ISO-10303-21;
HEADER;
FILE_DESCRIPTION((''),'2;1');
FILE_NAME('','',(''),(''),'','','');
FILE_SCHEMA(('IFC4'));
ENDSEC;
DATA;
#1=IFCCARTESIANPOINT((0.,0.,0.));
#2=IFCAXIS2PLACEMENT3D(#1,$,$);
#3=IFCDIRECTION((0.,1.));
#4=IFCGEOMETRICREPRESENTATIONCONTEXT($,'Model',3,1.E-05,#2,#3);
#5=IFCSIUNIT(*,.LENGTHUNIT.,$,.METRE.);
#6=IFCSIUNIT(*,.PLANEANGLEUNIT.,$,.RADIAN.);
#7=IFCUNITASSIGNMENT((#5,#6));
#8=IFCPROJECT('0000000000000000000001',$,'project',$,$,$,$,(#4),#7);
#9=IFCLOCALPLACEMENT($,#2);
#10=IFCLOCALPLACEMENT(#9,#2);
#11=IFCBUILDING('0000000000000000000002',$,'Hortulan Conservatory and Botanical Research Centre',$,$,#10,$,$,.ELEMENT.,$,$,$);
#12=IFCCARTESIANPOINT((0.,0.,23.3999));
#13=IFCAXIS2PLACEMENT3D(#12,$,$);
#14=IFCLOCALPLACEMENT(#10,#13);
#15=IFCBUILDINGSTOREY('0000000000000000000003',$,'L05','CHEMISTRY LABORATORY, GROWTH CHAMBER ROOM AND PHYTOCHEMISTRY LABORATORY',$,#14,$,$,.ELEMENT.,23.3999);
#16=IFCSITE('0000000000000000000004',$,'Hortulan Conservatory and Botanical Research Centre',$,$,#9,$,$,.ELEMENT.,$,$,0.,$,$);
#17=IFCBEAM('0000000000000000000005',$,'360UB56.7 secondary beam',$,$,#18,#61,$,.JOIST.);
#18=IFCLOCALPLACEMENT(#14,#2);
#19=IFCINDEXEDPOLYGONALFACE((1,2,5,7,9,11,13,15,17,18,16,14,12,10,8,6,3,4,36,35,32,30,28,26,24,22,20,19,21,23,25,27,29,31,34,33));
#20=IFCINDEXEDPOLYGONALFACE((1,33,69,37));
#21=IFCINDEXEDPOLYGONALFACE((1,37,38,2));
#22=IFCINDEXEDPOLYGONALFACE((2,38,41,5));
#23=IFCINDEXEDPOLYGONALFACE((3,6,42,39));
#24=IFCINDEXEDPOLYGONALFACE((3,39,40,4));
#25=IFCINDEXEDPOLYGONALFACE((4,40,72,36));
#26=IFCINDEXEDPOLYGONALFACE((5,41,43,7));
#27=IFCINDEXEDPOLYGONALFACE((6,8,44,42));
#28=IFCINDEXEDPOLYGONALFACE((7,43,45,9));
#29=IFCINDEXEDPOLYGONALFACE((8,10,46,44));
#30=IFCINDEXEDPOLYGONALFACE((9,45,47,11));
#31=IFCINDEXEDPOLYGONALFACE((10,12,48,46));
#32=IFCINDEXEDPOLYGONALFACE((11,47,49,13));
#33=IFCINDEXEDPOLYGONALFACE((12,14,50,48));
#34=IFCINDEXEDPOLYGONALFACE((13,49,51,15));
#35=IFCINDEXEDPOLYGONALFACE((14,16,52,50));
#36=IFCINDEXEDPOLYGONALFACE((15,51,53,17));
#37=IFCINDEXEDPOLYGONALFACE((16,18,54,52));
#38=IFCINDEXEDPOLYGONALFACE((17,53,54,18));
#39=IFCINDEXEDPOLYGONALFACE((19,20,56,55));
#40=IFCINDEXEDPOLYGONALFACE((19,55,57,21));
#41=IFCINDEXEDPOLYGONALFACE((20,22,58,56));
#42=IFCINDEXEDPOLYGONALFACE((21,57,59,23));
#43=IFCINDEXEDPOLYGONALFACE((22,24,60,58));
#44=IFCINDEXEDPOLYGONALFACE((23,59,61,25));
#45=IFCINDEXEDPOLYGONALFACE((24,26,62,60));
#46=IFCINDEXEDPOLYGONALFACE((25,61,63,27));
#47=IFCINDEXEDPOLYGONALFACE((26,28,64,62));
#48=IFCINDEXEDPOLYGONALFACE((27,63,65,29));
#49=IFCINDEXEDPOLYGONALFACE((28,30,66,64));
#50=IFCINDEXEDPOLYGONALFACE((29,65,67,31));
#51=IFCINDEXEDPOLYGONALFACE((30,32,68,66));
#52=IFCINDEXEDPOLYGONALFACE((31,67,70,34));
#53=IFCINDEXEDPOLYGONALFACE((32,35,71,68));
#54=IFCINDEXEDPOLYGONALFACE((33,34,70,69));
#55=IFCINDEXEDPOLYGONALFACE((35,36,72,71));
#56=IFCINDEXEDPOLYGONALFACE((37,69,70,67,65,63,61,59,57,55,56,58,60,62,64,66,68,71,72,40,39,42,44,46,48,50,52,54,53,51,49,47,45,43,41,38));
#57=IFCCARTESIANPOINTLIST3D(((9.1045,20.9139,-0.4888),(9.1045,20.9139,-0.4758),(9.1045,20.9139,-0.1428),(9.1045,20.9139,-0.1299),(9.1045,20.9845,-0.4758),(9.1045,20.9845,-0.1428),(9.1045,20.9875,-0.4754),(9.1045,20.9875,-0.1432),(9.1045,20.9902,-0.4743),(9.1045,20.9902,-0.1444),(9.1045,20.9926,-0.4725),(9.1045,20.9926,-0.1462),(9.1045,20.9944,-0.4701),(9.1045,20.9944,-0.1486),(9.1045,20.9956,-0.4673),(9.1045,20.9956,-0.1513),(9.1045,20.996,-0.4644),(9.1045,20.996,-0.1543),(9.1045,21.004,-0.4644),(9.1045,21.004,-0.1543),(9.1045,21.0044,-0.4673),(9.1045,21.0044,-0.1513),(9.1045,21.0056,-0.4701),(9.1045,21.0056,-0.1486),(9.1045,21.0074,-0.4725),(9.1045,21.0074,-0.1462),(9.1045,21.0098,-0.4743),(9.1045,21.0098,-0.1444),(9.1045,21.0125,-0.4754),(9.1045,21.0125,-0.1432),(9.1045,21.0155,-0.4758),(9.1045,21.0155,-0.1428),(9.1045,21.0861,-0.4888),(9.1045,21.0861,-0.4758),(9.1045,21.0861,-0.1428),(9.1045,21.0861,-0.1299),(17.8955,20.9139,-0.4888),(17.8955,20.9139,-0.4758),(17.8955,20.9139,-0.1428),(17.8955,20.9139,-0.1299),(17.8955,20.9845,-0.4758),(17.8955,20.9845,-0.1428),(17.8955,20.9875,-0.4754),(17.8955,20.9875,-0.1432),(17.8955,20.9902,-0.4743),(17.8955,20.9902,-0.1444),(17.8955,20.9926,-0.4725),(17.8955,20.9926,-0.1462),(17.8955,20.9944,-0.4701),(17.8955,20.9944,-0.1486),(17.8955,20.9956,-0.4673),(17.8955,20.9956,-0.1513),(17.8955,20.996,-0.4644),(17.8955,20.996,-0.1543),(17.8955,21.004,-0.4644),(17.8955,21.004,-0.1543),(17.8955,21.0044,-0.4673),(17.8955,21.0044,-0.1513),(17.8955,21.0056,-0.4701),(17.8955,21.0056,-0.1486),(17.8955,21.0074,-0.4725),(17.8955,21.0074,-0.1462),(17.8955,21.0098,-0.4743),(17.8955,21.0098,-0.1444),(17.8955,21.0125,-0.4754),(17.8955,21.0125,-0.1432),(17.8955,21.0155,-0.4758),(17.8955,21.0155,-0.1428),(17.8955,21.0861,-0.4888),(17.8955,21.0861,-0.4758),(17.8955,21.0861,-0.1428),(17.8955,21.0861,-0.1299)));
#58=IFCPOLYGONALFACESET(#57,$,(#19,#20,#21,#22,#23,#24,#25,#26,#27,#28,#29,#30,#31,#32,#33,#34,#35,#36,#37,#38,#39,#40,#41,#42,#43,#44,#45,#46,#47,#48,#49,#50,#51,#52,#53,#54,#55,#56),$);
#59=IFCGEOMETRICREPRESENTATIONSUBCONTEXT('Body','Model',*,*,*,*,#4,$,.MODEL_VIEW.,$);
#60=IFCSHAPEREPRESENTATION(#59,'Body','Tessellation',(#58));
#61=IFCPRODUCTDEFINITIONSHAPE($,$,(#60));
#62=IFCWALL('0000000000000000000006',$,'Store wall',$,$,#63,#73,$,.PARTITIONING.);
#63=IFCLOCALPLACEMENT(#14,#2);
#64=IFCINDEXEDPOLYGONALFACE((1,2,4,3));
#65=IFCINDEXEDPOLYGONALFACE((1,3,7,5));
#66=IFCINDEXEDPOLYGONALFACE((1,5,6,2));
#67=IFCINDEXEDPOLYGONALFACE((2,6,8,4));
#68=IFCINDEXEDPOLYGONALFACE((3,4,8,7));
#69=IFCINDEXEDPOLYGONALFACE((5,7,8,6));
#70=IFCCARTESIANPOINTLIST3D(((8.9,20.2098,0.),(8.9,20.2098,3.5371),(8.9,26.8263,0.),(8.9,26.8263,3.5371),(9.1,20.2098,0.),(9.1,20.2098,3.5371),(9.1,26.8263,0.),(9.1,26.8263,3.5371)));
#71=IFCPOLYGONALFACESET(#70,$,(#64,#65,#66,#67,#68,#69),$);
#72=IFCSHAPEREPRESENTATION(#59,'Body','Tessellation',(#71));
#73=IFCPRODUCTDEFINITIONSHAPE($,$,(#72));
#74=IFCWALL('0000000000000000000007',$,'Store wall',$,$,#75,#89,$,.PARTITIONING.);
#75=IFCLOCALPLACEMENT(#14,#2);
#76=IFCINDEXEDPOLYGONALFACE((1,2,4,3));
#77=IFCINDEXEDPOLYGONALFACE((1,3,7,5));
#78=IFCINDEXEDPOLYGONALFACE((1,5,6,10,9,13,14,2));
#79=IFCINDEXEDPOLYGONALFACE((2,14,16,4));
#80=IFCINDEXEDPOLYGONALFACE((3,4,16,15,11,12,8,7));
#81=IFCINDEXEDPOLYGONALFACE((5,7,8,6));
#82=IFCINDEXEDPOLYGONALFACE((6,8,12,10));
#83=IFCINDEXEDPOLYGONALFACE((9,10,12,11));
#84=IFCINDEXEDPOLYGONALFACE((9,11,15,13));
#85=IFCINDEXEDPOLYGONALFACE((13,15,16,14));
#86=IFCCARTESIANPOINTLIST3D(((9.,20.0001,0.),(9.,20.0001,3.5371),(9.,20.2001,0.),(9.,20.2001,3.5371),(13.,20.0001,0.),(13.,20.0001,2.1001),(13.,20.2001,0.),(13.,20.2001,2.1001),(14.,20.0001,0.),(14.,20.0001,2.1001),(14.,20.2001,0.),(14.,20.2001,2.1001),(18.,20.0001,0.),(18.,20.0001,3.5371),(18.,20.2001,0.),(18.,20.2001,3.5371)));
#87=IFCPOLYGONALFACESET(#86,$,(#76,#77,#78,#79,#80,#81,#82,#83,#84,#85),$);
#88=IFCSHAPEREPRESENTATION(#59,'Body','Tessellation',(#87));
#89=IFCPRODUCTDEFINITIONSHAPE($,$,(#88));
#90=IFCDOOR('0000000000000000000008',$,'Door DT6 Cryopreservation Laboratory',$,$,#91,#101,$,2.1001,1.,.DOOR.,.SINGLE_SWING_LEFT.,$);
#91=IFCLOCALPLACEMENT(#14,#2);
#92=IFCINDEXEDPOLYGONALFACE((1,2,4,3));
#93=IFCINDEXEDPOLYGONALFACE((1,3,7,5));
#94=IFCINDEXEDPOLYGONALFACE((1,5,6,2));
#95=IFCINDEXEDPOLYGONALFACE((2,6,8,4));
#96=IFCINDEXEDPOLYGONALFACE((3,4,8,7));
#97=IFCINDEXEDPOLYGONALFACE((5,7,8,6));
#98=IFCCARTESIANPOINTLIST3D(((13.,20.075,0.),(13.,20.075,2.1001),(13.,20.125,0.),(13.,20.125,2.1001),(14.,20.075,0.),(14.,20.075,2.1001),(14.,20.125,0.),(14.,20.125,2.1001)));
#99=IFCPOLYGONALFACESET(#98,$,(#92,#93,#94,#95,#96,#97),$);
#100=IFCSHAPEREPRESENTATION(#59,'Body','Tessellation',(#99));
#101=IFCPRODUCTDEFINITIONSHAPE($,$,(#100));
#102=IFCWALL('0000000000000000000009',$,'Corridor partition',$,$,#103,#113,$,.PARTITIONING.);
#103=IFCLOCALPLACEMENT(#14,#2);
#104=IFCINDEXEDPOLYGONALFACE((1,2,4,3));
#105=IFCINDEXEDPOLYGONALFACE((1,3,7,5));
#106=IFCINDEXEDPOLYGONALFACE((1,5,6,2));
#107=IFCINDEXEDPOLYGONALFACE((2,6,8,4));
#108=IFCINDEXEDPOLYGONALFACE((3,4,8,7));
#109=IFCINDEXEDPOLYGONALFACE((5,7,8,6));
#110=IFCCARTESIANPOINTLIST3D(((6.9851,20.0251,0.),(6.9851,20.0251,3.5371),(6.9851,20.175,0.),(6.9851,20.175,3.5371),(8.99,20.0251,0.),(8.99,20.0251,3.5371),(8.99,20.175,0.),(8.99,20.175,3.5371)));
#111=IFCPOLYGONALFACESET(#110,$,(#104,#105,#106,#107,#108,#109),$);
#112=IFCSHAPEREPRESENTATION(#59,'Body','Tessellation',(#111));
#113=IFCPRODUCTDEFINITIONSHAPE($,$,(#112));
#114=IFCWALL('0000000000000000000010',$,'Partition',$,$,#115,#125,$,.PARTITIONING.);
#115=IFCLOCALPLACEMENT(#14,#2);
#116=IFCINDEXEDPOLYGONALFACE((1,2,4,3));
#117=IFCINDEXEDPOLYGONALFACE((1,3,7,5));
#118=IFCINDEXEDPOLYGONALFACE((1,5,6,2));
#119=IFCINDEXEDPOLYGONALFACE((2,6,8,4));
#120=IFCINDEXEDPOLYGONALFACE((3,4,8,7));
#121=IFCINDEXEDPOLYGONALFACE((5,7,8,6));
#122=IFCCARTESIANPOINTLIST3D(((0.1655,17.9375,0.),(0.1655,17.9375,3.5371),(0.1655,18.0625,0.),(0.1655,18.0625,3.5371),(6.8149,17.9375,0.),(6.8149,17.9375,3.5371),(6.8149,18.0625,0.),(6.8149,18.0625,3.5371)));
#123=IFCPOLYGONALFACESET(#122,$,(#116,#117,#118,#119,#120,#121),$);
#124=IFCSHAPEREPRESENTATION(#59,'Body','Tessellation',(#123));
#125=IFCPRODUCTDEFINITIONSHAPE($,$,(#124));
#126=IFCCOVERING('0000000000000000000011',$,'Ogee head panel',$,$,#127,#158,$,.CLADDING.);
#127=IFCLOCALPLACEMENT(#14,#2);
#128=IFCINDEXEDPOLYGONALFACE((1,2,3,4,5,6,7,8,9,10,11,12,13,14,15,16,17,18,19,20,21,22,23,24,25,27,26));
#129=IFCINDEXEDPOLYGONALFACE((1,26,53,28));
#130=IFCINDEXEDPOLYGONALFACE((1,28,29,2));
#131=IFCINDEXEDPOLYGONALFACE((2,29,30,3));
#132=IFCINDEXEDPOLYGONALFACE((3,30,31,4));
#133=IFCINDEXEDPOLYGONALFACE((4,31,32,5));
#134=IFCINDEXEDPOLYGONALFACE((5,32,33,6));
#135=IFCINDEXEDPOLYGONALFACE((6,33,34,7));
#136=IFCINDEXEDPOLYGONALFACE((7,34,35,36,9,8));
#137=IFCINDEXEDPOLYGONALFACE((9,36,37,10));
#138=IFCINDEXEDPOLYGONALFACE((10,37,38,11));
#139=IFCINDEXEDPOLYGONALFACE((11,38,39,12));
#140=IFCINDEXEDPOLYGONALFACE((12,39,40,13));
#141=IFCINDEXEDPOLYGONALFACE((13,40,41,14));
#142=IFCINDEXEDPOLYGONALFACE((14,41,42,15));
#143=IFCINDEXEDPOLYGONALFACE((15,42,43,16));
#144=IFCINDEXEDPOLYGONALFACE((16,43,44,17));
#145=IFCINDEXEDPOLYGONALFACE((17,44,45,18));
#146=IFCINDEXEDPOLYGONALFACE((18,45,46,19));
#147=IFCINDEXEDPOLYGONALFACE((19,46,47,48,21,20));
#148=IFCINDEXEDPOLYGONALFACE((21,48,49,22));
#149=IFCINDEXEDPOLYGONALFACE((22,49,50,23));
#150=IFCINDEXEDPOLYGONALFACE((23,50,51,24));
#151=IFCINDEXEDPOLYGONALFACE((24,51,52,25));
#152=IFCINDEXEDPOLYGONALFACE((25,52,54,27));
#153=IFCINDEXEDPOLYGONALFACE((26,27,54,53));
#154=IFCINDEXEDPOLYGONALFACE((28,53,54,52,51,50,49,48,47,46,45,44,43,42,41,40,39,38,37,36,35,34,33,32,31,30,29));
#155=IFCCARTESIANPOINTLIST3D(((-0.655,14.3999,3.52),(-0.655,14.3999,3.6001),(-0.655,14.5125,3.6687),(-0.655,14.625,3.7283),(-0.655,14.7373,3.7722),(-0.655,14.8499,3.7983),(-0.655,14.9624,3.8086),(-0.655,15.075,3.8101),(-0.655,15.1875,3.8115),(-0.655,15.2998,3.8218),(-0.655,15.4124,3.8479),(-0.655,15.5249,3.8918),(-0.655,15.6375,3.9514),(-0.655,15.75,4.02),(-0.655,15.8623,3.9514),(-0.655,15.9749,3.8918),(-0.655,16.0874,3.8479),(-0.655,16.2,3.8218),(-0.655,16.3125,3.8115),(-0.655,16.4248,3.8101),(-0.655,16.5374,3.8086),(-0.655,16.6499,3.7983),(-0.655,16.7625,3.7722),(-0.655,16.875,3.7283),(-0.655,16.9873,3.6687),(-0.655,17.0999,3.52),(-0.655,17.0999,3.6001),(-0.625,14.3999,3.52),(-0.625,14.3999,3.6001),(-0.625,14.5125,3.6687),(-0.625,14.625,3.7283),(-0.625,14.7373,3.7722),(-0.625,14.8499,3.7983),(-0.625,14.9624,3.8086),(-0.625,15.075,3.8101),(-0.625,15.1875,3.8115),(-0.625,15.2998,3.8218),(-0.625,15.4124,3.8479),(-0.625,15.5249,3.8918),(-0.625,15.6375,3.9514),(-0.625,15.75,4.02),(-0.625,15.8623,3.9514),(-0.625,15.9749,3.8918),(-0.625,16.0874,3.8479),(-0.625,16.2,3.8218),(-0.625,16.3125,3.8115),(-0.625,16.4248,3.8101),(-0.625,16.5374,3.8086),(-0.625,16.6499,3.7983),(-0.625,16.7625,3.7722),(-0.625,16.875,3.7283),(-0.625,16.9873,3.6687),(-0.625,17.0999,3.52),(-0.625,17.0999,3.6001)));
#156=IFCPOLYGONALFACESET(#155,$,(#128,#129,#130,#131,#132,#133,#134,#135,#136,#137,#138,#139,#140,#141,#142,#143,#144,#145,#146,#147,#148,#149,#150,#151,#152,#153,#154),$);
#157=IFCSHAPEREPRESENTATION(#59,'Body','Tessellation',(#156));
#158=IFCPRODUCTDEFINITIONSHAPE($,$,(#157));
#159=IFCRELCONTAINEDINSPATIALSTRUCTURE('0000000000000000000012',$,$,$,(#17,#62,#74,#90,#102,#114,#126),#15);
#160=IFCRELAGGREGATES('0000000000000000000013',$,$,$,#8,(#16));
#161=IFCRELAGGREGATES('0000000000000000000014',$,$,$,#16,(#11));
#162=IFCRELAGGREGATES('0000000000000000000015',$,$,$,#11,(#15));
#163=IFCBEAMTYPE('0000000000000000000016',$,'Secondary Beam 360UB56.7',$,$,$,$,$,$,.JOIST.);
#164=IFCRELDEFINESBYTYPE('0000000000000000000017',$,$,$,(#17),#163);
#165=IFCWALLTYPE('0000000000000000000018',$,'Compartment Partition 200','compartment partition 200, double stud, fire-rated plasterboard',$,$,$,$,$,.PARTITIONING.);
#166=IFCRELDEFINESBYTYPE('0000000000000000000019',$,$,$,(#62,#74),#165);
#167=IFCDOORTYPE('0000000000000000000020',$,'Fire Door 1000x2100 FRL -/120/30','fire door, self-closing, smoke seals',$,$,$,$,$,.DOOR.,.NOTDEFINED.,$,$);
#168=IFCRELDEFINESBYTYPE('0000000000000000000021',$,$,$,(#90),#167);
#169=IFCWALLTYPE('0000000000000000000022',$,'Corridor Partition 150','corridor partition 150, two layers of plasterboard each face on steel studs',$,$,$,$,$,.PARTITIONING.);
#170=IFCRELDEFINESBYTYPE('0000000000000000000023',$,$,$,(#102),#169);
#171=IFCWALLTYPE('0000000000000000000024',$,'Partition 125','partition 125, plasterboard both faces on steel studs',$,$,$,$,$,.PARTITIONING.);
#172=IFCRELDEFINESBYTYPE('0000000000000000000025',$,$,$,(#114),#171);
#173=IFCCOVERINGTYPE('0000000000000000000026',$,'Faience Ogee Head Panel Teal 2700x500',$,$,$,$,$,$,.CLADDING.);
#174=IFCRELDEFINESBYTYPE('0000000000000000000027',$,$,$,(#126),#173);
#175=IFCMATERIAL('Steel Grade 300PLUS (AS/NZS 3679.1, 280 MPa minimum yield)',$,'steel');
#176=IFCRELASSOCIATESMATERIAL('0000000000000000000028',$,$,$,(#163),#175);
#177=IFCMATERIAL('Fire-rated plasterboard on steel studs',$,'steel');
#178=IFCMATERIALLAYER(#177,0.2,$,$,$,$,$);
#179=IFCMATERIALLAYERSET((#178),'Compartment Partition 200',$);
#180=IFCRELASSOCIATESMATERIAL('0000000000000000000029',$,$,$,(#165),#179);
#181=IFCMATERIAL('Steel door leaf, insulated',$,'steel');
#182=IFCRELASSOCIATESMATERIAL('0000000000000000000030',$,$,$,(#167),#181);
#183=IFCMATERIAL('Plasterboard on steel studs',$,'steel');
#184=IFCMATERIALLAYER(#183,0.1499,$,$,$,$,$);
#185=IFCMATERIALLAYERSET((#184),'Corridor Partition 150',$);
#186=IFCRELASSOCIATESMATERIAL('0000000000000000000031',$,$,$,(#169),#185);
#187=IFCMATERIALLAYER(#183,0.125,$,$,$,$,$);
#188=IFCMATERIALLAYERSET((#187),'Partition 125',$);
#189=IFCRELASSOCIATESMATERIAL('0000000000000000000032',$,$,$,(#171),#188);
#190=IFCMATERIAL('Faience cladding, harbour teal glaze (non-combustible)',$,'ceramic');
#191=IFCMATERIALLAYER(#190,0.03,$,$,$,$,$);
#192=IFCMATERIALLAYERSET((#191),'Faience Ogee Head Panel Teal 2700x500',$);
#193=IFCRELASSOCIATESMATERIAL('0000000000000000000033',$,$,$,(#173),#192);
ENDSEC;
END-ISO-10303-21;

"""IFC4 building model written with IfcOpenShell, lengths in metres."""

from ifc_helpers import new_model, si_unit, direction, frame, frame_2d, origin, origin_2d, place, context, subcontext, project, spatial, polyline, rectangle, i_section, outline, extrude, material, layer, layer_set, material_profile, profile_set, type_object, element, fill, save


model = new_model("IFC4")

# Units and contexts
model_context = context("Model", 3, precision=1e-05, world=origin(), true_north=direction((0.0, 1.0)))
body_context = subcontext(model_context, "Body", "Model", "MODEL_VIEW")
ifc_project = project(units=[si_unit("LENGTHUNIT", "METRE"), si_unit("PLANEANGLEUNIT", "RADIAN")], contexts=[model_context])

# Site, building, storey
site_placement = place(None, origin())
site = spatial("IfcSite", under=ifc_project, at=site_placement, Name="Hortulan Conservatory and Botanical Research Centre", CompositionType="ELEMENT", RefElevation=0.0)
building_placement = place(site_placement, origin())
building = spatial("IfcBuilding", under=site, at=building_placement, Name="Hortulan Conservatory and Botanical Research Centre", CompositionType="ELEMENT")
storey_placement = place(building_placement, frame((0.0, 0.0, 23.3999)))
storey = spatial("IfcBuildingStorey", under=building, at=storey_placement, Name="L05", Description="CHEMISTRY LABORATORY, GROWTH CHAMBER ROOM AND PHYTOCHEMISTRY LABORATORY", CompositionType="ELEMENT", Elevation=23.3999)

# Shared definitions
ifc_material_1 = material(Name="Steel Grade 300PLUS (AS/NZS 3679.1, 280 MPa minimum yield)", Category="steel")

# Beam
ifc_material_profile_1 = material_profile(ifc_material_1, i_section(OverallWidth=0.1721, OverallDepth=0.3589, WebThickness=0.0081, FlangeThickness=0.0129, FilletRadius=0.0115, at=origin_2d()), Name="360UB56.7")
ifc_profile_set_1 = profile_set([ifc_material_profile_1], Name="Steel Grade 300PLUS (AS/NZS 3679.1, 280 MPa minimum yield)")
beam_type_1 = type_object("IfcBeamType", Name="Secondary Beam 360UB56.7", PredefinedType="JOIST", material=ifc_profile_set_1)
beam_1_placement = place(storey_placement, frame((9.1045, 21.0, -0.3093), z_axis=(1.0, 0.0, 0.0), x_axis=(0.0, 1.0, 0.0)))
element("IfcBeam", 1, at=beam_1_placement, inside=storey, type_object=beam_type_1, Name="360UB56.7 secondary beam", PredefinedType="JOIST", context=body_context, shape_type="SweptSolid", body=[
    extrude(i_section(OverallWidth=0.1721, OverallDepth=0.3589, WebThickness=0.0081, FlangeThickness=0.0129, FilletRadius=0.0115, at=origin_2d()), origin(), (0.0, 0.0, 1.0), 8.791),
])

# Wall
ifc_material_2 = material(Name="Fire-rated plasterboard on steel studs", Category="steel")
ifc_layer_1 = layer(ifc_material_2, 0.2)
ifc_layer_set_1 = layer_set([ifc_layer_1], Name="Compartment Partition 200")
wall_type_1 = type_object("IfcWallType", Name="Compartment Partition 200", Description="compartment partition 200, double stud, fire-rated plasterboard", PredefinedType="PARTITIONING", material=ifc_layer_set_1)
wall_1_placement = place(storey_placement, frame((9.0, 20.21, 0.0), z_axis=(0.0, 0.0, 1.0), x_axis=(0.0, 1.0, 0.0)))
element("IfcWall", 2, at=wall_1_placement, inside=storey, type_object=wall_type_1, Name="Store wall", PredefinedType="PARTITIONING", context=body_context, shape_type="SweptSolid", body=[
    extrude(rectangle(XDim=6.6165, YDim=0.2, at=frame_2d((3.3081, 0.0))), origin(), (0.0, 0.0, 1.0), 3.5371),
])

# Wall, opening, door
wall_2_placement = place(storey_placement, frame((9.0, 20.1001, 0.0), z_axis=(0.0, 0.0, 1.0), x_axis=(1.0, 0.0, 0.0)))
wall_2 = element("IfcWall", 3, at=wall_2_placement, inside=storey, type_object=wall_type_1, Name="Store wall", PredefinedType="PARTITIONING", context=body_context, shape_type="SweptSolid", body=[
    extrude(rectangle(XDim=9.0, YDim=0.2, at=frame_2d((4.5, 0.0))), origin(), (0.0, 0.0, 1.0), 3.5371),
])
opening_placement = place(wall_2_placement, frame((4.0, 0.0, 0.0)))
opening = element("IfcOpeningElement", 4, at=opening_placement, cuts=wall_2, PredefinedType="OPENING", context=body_context, shape_type="SweptSolid", body=[
    extrude(rectangle(XDim=1.0, YDim=2.1001, at=frame_2d((0.5, 1.05))), frame((0.0, 0.1099, 0.0), z_axis=(0.0, -1.0, 0.0), x_axis=(1.0, 0.0, 0.0)), (0.0, 0.0, 1.0), 0.22),
])
ifc_material_3 = material(Name="Steel door leaf, insulated", Category="steel")
door_type = type_object("IfcDoorType", Name="Fire Door 1000x2100 FRL -/120/30", Description="fire door, self-closing, smoke seals", OperationType="NOTDEFINED", PredefinedType="DOOR", material=ifc_material_3)
door_placement = place(opening_placement, origin())
door = element("IfcDoor", 5, at=door_placement, inside=storey, type_object=door_type, Name="Door DT6 Cryopreservation Laboratory", OperationType="SINGLE_SWING_LEFT", OverallHeight=2.1001, OverallWidth=1.0, PredefinedType="DOOR", context=body_context, shape_type="SweptSolid", body=[
    extrude(rectangle(XDim=1.0, YDim=2.1001, at=frame_2d((0.5, 1.05))), frame((0.0, 0.0249, 0.0), z_axis=(0.0, -1.0, 0.0), x_axis=(1.0, 0.0, 0.0)), (0.0, 0.0, 1.0), 0.05),
])
fill(opening, door)

# Walls
ifc_material_4 = material(Name="Plasterboard on steel studs", Category="steel")
ifc_layer_2 = layer(ifc_material_4, 0.1499)
ifc_layer_set_2 = layer_set([ifc_layer_2], Name="Corridor Partition 150")
wall_type_2 = type_object("IfcWallType", Name="Corridor Partition 150", Description="corridor partition 150, two layers of plasterboard each face on steel studs", PredefinedType="PARTITIONING", material=ifc_layer_set_2)
wall_3_placement = place(storey_placement, frame((6.9851, 20.1001, 0.0), z_axis=(0.0, 0.0, 1.0), x_axis=(1.0, 0.0, 0.0)))
element("IfcWall", 6, at=wall_3_placement, inside=storey, type_object=wall_type_2, Name="Corridor partition", PredefinedType="PARTITIONING", context=body_context, shape_type="SweptSolid", body=[
    extrude(rectangle(XDim=2.0049, YDim=0.1499, at=frame_2d((1.0024, 0.0))), origin(), (0.0, 0.0, 1.0), 3.5371),
])
ifc_layer_3 = layer(ifc_material_4, 0.125)
ifc_layer_set_3 = layer_set([ifc_layer_3], Name="Partition 125")
wall_type_3 = type_object("IfcWallType", Name="Partition 125", Description="partition 125, plasterboard both faces on steel studs", PredefinedType="PARTITIONING", material=ifc_layer_set_3)
wall_4_placement = place(storey_placement, frame((0.1655, 18.0, 0.0), z_axis=(0.0, 0.0, 1.0), x_axis=(1.0, 0.0, 0.0)))
element("IfcWall", 7, at=wall_4_placement, inside=storey, type_object=wall_type_3, Name="Partition", PredefinedType="PARTITIONING", context=body_context, shape_type="SweptSolid", body=[
    extrude(rectangle(XDim=6.6494, YDim=0.125, at=frame_2d((3.3247, 0.0))), origin(), (0.0, 0.0, 1.0), 3.5371),
])

# Covering
ifc_material_5 = material(Name="Faience cladding, harbour teal glaze (non-combustible)", Category="ceramic")
ifc_layer_4 = layer(ifc_material_5, 0.03)
ifc_layer_set_4 = layer_set([ifc_layer_4], Name="Faience Ogee Head Panel Teal 2700x500")
covering_type = type_object("IfcCoveringType", Name="Faience Ogee Head Panel Teal 2700x500", PredefinedType="CLADDING", material=ifc_layer_set_4)
covering_placement = place(storey_placement, frame((-0.6399, 14.3999, 3.52), z_axis=(0.0, 0.0, 1.0), x_axis=(0.0, 1.0, 0.0)))
element("IfcCovering", 8, at=covering_placement, inside=storey, type_object=covering_type, Name="Ogee head panel", PredefinedType="CLADDING", context=body_context, shape_type="SweptSolid", body=[
    extrude(outline(polyline([(0.0, 0.0), (2.7, 0.0), (2.7, 0.0801), (2.5874, 0.1487), (2.4751, 0.2083), (2.3625, 0.2522), (2.25, 0.2783), (2.1375, 0.2886), (2.0249, 0.29), (1.9126, 0.2915), (1.8, 0.3018), (1.6875, 0.3279), (1.575, 0.3718), (1.4624, 0.4314), (1.3501, 0.5), (1.2375, 0.4314), (1.125, 0.3718), (1.0125, 0.3279), (0.8999, 0.3018), (0.7876, 0.2915), (0.675, 0.29), (0.5625, 0.2886), (0.45, 0.2783), (0.3374, 0.2522), (0.2251, 0.2083), (0.1125, 0.1487), (0.0, 0.0801), (0.0, 0.0)])), frame((0.0, 0.0151, 0.0), z_axis=(0.0, -1.0, 0.0), x_axis=(1.0, 0.0, 0.0)), (0.0, 0.0, 1.0), 0.03),
])

save(model, "model.ifc")
